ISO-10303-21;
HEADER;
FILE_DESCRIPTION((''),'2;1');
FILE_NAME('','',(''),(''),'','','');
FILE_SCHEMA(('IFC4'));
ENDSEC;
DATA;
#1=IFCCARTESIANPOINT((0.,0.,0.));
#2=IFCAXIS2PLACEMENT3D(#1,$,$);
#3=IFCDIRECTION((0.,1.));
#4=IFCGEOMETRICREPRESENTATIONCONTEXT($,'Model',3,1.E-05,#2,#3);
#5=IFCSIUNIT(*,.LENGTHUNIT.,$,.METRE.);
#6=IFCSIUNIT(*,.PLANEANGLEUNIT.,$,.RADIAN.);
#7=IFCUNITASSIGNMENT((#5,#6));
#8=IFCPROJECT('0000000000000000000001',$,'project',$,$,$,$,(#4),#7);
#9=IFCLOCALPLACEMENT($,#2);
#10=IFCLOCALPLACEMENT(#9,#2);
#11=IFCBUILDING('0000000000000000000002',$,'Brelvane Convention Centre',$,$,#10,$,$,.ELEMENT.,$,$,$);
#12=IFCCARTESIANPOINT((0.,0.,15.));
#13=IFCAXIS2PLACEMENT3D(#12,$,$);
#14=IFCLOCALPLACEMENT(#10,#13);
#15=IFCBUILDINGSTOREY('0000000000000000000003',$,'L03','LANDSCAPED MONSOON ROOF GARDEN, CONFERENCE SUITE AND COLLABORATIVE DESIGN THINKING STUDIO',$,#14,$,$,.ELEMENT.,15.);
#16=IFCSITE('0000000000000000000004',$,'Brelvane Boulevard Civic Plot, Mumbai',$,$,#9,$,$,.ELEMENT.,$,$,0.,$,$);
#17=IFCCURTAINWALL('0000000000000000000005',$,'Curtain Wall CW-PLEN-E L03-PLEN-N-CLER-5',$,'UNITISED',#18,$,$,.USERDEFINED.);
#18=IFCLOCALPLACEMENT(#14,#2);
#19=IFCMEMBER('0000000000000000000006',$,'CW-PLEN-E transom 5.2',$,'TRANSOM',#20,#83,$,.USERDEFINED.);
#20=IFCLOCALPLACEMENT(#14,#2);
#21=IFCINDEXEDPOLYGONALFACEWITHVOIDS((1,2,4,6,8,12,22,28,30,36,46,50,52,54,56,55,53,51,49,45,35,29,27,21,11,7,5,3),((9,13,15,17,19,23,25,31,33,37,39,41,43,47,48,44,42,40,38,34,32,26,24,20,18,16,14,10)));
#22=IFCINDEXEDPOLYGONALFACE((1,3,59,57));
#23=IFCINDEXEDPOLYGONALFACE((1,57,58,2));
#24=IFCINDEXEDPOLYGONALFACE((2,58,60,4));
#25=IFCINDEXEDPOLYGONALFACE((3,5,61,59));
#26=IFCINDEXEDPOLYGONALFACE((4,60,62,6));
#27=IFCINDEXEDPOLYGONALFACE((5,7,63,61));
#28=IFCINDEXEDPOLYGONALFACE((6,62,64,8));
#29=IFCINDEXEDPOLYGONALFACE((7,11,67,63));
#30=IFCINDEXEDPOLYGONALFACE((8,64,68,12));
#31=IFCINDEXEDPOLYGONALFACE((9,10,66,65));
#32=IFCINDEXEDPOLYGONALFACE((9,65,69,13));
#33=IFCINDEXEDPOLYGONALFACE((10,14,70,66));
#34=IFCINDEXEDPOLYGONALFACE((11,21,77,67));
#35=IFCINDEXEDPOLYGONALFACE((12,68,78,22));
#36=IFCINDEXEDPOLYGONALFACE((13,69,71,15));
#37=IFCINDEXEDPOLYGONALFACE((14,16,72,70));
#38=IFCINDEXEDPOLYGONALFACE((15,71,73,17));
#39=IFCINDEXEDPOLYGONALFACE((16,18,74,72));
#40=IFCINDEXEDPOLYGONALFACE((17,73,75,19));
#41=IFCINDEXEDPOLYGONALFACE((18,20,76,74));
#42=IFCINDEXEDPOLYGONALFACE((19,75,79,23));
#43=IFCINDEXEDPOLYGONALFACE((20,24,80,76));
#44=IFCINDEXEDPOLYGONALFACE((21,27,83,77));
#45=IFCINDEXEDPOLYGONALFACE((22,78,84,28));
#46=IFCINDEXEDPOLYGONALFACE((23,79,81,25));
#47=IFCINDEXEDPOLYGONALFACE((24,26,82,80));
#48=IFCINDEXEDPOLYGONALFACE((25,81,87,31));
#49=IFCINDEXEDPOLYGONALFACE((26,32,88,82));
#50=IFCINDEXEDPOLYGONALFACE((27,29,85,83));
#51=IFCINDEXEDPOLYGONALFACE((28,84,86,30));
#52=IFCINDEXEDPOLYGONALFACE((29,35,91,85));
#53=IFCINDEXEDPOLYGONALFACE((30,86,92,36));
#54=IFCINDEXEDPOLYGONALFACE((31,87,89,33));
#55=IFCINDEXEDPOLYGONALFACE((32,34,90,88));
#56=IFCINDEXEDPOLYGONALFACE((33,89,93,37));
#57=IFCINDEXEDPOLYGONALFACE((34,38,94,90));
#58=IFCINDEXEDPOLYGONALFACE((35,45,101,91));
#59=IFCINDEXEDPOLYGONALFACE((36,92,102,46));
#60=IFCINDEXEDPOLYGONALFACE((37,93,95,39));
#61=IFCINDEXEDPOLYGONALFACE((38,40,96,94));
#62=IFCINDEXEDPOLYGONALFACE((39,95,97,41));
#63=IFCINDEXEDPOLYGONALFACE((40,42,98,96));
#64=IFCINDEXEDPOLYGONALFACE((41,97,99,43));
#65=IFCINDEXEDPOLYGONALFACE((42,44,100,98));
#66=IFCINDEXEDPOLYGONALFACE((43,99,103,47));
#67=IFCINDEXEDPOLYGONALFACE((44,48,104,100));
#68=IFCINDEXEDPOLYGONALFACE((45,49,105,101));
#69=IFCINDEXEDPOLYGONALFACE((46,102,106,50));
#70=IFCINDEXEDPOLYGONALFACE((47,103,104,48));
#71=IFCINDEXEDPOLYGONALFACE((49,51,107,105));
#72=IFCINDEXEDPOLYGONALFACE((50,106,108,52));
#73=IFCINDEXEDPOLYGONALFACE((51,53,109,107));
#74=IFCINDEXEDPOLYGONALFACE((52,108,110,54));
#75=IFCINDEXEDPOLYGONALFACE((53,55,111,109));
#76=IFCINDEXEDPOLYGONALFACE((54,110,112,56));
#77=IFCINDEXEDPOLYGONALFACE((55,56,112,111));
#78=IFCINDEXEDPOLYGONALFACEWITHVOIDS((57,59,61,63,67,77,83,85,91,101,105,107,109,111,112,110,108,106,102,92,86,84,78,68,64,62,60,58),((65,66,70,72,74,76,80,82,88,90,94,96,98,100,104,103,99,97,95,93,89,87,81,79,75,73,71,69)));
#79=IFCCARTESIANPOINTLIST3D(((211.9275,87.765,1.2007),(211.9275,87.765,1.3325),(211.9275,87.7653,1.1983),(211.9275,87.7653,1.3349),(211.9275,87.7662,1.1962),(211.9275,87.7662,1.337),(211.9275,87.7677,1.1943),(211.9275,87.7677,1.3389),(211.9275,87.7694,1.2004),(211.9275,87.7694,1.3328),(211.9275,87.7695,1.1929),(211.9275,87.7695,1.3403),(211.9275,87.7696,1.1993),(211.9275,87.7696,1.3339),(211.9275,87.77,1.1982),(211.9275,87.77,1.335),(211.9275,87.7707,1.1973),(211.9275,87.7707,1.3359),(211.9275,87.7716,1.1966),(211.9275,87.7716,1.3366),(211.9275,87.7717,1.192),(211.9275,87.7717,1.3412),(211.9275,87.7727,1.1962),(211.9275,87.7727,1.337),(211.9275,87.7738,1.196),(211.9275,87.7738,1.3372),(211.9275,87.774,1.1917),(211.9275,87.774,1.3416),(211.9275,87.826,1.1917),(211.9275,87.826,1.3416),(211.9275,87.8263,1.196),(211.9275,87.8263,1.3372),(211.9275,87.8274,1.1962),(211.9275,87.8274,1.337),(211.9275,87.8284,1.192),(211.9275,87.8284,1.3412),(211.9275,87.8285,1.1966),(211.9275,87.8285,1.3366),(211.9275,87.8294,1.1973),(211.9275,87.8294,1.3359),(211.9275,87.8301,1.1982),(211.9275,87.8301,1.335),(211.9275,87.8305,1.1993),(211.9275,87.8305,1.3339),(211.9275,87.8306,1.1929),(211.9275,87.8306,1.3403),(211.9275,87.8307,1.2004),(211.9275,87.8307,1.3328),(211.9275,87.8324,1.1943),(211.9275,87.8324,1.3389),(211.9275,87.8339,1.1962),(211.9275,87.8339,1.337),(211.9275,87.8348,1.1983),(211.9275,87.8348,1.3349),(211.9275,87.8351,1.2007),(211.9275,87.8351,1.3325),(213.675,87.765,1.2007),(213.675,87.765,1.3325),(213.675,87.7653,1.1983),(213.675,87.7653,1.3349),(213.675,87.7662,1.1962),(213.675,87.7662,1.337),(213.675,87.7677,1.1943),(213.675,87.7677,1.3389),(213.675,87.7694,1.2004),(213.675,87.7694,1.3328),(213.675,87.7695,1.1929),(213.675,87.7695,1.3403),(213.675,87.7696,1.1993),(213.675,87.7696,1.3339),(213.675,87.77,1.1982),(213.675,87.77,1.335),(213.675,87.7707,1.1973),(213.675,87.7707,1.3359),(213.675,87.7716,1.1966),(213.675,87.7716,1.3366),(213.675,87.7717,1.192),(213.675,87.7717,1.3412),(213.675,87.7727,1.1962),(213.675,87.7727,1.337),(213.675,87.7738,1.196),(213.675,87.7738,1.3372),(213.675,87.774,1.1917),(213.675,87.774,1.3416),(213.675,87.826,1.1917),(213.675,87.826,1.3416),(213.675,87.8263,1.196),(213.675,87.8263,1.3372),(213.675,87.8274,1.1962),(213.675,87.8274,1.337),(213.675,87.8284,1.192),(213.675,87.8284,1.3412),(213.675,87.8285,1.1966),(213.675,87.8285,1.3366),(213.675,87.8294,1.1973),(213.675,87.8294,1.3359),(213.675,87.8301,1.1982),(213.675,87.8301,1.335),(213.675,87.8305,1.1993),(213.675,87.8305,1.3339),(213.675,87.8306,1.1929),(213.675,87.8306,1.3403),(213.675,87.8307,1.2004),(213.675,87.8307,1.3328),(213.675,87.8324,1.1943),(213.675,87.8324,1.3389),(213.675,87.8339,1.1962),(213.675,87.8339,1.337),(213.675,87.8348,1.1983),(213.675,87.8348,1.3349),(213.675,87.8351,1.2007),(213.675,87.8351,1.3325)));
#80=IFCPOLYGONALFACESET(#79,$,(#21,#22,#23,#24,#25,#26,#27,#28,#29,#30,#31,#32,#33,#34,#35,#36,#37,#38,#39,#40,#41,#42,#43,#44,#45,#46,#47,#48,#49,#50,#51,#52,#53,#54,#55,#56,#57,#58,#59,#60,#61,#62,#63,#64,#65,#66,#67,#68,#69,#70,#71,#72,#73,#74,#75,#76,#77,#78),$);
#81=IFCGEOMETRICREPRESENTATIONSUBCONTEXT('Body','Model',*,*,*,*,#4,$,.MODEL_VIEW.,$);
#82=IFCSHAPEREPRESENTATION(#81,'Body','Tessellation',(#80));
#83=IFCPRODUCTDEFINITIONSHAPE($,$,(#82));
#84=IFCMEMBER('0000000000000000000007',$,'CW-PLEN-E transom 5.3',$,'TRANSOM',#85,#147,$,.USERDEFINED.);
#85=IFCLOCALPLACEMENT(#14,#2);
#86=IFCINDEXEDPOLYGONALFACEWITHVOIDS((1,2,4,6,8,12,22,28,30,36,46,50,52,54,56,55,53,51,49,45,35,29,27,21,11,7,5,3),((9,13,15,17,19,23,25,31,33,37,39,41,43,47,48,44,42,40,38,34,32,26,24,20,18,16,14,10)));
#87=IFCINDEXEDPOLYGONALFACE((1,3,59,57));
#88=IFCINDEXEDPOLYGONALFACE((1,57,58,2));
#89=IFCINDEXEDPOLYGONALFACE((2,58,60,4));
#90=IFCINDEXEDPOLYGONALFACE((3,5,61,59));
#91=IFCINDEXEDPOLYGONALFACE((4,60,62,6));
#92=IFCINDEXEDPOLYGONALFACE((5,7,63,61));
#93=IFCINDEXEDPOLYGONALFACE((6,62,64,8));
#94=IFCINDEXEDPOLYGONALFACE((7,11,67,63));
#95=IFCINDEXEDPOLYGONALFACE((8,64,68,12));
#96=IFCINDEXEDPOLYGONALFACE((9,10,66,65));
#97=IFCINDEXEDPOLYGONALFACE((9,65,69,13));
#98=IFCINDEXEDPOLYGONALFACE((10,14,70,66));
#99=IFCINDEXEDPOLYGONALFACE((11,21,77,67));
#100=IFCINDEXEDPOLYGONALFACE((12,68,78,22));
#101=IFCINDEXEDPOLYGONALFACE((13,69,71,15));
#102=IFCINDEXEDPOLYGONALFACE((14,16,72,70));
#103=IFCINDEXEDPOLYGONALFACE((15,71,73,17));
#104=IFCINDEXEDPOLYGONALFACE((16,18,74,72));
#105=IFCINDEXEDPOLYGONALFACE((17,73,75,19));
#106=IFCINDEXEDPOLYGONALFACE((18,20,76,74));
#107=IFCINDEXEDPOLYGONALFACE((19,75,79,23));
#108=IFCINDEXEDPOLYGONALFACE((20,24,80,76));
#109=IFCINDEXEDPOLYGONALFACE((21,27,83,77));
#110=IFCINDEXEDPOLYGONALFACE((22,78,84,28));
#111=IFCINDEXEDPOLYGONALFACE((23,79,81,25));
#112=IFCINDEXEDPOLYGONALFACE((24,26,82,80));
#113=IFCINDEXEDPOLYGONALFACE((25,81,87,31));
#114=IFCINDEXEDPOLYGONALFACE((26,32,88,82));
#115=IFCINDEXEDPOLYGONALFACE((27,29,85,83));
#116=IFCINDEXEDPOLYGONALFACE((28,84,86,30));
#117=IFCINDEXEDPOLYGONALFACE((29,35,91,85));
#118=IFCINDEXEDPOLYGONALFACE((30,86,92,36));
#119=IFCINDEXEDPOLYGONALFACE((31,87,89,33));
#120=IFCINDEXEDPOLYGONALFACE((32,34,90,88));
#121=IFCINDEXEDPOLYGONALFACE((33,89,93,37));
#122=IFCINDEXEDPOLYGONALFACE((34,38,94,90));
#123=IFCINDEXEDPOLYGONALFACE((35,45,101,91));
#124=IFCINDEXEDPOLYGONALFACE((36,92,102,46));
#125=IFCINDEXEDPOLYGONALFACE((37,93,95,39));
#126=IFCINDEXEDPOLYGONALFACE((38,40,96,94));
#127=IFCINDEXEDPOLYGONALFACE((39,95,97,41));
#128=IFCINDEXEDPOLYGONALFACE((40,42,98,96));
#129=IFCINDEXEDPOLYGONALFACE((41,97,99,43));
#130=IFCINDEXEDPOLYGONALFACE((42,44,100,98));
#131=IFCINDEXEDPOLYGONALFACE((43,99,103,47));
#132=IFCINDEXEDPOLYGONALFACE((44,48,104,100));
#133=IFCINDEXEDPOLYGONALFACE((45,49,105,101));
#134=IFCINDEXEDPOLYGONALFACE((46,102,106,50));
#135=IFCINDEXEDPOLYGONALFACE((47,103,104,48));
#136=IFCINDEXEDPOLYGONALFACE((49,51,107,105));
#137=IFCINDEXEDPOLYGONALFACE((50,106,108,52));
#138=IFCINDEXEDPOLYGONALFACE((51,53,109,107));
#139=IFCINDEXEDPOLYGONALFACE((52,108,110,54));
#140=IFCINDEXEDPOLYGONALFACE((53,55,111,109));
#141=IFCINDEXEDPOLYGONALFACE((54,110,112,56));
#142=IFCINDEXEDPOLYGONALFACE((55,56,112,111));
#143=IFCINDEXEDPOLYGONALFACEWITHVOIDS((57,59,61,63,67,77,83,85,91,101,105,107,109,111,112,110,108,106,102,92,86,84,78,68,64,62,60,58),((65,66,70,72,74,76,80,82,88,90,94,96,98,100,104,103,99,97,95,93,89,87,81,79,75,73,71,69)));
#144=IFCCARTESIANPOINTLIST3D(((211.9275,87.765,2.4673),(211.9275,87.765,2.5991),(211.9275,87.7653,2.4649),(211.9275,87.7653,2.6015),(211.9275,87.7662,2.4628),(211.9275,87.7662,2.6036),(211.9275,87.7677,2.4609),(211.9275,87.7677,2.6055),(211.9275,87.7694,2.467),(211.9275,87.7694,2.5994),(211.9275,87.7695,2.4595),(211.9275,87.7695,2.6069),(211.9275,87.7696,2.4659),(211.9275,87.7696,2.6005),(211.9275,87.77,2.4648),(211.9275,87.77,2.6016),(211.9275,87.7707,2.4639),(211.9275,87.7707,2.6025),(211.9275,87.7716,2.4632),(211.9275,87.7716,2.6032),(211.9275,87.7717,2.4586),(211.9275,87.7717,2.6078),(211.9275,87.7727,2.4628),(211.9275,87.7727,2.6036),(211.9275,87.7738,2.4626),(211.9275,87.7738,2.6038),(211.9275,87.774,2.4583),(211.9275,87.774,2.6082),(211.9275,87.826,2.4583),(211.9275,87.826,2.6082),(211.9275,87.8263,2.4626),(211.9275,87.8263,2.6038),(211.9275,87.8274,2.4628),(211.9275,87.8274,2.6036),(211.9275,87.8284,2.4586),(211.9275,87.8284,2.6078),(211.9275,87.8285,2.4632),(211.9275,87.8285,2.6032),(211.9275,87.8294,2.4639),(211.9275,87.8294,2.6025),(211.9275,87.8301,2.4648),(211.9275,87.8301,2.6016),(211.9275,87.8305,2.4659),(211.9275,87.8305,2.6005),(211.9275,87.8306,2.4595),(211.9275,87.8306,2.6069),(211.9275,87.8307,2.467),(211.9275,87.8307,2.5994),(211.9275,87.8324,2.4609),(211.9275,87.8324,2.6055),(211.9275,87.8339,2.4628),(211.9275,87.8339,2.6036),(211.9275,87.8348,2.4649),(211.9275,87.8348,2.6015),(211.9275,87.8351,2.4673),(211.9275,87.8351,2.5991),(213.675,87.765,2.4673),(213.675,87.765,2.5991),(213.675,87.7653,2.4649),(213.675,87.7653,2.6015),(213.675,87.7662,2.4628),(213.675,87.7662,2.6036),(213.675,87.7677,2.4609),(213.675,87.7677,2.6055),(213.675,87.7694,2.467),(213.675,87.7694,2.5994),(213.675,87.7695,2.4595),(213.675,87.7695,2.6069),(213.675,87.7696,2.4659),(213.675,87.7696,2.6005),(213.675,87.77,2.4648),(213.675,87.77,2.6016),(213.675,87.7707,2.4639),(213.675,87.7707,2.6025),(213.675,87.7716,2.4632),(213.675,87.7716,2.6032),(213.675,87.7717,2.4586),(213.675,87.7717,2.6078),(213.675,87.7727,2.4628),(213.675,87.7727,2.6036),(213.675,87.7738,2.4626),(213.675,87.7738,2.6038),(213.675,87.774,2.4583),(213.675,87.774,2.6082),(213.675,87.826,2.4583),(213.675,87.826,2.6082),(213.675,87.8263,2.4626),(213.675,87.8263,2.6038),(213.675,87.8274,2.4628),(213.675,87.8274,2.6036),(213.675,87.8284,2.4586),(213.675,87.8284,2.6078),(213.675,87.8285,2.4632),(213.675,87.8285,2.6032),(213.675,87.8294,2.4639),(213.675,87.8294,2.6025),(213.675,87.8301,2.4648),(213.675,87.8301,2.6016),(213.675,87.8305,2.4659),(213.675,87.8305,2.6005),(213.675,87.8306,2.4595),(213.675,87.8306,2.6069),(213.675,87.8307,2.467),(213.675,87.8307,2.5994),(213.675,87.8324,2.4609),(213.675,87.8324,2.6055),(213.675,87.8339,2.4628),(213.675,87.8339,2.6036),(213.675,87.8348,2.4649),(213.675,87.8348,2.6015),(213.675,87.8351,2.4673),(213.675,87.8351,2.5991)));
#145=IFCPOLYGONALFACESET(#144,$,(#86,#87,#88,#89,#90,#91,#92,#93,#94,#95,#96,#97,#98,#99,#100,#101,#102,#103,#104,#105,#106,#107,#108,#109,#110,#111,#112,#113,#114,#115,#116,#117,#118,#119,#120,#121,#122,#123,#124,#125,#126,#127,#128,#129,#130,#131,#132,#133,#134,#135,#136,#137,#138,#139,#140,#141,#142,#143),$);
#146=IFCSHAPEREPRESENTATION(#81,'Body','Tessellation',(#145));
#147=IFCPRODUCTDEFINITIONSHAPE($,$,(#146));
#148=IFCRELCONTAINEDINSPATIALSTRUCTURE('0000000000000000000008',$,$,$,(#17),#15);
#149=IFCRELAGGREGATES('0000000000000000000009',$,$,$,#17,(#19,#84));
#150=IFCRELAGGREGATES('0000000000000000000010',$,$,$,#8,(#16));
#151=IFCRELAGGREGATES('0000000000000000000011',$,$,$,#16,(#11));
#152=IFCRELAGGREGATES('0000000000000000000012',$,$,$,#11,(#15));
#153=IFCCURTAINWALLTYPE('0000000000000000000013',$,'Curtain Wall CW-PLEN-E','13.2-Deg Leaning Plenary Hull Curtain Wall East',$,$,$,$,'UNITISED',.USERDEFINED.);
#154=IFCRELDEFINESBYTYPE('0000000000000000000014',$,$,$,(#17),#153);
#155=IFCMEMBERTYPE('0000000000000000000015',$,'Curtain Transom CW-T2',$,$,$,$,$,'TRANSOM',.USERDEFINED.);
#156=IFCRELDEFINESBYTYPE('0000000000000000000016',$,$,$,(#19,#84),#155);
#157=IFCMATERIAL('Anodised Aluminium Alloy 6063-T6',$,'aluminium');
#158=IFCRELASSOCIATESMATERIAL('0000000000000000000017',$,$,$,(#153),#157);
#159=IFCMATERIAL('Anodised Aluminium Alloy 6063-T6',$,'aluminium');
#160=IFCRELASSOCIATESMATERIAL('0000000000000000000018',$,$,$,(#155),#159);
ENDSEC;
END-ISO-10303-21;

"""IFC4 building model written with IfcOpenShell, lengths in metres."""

from ifc_helpers import new_model, si_unit, direction, frame, origin, origin_2d, place, context, subcontext, project, spatial, hollow_rectangle, extrude, material, material_profile, profile_set, type_object, element, aggregate, save


model = new_model("IFC4")

# Units and contexts
model_context = context("Model", 3, precision=1e-05, world=origin(), true_north=direction((0.0, 1.0)))
body_context = subcontext(model_context, "Body", "Model", "MODEL_VIEW")
ifc_project = project(units=[si_unit("LENGTHUNIT", "METRE"), si_unit("PLANEANGLEUNIT", "RADIAN")], contexts=[model_context])

# Site, building, storey
site_placement = place(None, origin())
site = spatial("IfcSite", under=ifc_project, at=site_placement, Name="Brelvane Boulevard Civic Plot, Mumbai", CompositionType="ELEMENT", RefElevation=0.0)
building_placement = place(site_placement, origin())
building = spatial("IfcBuilding", under=site, at=building_placement, Name="Brelvane Convention Centre", CompositionType="ELEMENT")
storey_placement = place(building_placement, frame((0.0, 0.0, 15.0)))
storey = spatial("IfcBuildingStorey", under=building, at=storey_placement, Name="L03", Description="LANDSCAPED MONSOON ROOF GARDEN, CONFERENCE SUITE AND COLLABORATIVE DESIGN THINKING STUDIO", CompositionType="ELEMENT", Elevation=15.0)

# Curtain wall
ifc_material_1 = material(Name="Anodised Aluminium Alloy 6063-T6", Category="aluminium")
curtain_wall_type = type_object("IfcCurtainWallType", Name="Curtain Wall CW-PLEN-E", Description="13.2-Deg Leaning Plenary Hull Curtain Wall East", ElementType="UNITISED", PredefinedType="USERDEFINED", material=ifc_material_1)
curtain_wall_1_placement = place(storey_placement, origin())
curtain_wall_1 = element("IfcCurtainWall", 1, at=curtain_wall_1_placement, inside=storey, type_object=curtain_wall_type, Name="Curtain Wall CW-PLEN-E L03-PLEN-N-CLER-5", ObjectType="UNITISED", PredefinedType="USERDEFINED")

# Members
ifc_material_2 = material(Name="Anodised Aluminium Alloy 6063-T6", Category="aluminium")
ifc_material_profile_1 = material_profile(ifc_material_2, hollow_rectangle(XDim=0.0701, YDim=0.1499, WallThickness=0.0044, InnerFilletRadius=0.0044, OuterFilletRadius=0.009, at=origin_2d()), Name="ALU-T 150x70x4.5")
ifc_profile_set_1 = profile_set([ifc_material_profile_1], Name="Anodised Aluminium Alloy 6063-T6")
member_type_1 = type_object("IfcMemberType", Name="Curtain Transom CW-T2", ElementType="TRANSOM", PredefinedType="USERDEFINED", material=ifc_profile_set_1)
member_1_placement = place(storey_placement, frame((211.9275, 87.8, 1.2666), z_axis=(1.0, 0.0, 0.0), x_axis=(0.0, 1.0, 0.0)))
member_1 = element("IfcMember", 2, at=member_1_placement, type_object=member_type_1, Name="CW-PLEN-E transom 5.2", ObjectType="TRANSOM", PredefinedType="USERDEFINED", context=body_context, shape_type="SweptSolid", body=[
    extrude(hollow_rectangle(XDim=0.0701, YDim=0.1499, WallThickness=0.0044, InnerFilletRadius=0.0044, OuterFilletRadius=0.009, at=origin_2d()), origin(), (0.0, 0.0, 1.0), 1.7476),
])
member_2_placement = place(storey_placement, frame((211.9275, 87.8, 2.5332), z_axis=(1.0, 0.0, 0.0), x_axis=(0.0, 1.0, 0.0)))
member_2 = element("IfcMember", 3, at=member_2_placement, type_object=member_type_1, Name="CW-PLEN-E transom 5.3", ObjectType="TRANSOM", PredefinedType="USERDEFINED", context=body_context, shape_type="SweptSolid", body=[
    extrude(hollow_rectangle(XDim=0.0701, YDim=0.1499, WallThickness=0.0044, InnerFilletRadius=0.0044, OuterFilletRadius=0.009, at=origin_2d()), origin(), (0.0, 0.0, 1.0), 1.7476),
])

aggregate(curtain_wall_1, [member_1, member_2])

save(model, "model.ifc")
